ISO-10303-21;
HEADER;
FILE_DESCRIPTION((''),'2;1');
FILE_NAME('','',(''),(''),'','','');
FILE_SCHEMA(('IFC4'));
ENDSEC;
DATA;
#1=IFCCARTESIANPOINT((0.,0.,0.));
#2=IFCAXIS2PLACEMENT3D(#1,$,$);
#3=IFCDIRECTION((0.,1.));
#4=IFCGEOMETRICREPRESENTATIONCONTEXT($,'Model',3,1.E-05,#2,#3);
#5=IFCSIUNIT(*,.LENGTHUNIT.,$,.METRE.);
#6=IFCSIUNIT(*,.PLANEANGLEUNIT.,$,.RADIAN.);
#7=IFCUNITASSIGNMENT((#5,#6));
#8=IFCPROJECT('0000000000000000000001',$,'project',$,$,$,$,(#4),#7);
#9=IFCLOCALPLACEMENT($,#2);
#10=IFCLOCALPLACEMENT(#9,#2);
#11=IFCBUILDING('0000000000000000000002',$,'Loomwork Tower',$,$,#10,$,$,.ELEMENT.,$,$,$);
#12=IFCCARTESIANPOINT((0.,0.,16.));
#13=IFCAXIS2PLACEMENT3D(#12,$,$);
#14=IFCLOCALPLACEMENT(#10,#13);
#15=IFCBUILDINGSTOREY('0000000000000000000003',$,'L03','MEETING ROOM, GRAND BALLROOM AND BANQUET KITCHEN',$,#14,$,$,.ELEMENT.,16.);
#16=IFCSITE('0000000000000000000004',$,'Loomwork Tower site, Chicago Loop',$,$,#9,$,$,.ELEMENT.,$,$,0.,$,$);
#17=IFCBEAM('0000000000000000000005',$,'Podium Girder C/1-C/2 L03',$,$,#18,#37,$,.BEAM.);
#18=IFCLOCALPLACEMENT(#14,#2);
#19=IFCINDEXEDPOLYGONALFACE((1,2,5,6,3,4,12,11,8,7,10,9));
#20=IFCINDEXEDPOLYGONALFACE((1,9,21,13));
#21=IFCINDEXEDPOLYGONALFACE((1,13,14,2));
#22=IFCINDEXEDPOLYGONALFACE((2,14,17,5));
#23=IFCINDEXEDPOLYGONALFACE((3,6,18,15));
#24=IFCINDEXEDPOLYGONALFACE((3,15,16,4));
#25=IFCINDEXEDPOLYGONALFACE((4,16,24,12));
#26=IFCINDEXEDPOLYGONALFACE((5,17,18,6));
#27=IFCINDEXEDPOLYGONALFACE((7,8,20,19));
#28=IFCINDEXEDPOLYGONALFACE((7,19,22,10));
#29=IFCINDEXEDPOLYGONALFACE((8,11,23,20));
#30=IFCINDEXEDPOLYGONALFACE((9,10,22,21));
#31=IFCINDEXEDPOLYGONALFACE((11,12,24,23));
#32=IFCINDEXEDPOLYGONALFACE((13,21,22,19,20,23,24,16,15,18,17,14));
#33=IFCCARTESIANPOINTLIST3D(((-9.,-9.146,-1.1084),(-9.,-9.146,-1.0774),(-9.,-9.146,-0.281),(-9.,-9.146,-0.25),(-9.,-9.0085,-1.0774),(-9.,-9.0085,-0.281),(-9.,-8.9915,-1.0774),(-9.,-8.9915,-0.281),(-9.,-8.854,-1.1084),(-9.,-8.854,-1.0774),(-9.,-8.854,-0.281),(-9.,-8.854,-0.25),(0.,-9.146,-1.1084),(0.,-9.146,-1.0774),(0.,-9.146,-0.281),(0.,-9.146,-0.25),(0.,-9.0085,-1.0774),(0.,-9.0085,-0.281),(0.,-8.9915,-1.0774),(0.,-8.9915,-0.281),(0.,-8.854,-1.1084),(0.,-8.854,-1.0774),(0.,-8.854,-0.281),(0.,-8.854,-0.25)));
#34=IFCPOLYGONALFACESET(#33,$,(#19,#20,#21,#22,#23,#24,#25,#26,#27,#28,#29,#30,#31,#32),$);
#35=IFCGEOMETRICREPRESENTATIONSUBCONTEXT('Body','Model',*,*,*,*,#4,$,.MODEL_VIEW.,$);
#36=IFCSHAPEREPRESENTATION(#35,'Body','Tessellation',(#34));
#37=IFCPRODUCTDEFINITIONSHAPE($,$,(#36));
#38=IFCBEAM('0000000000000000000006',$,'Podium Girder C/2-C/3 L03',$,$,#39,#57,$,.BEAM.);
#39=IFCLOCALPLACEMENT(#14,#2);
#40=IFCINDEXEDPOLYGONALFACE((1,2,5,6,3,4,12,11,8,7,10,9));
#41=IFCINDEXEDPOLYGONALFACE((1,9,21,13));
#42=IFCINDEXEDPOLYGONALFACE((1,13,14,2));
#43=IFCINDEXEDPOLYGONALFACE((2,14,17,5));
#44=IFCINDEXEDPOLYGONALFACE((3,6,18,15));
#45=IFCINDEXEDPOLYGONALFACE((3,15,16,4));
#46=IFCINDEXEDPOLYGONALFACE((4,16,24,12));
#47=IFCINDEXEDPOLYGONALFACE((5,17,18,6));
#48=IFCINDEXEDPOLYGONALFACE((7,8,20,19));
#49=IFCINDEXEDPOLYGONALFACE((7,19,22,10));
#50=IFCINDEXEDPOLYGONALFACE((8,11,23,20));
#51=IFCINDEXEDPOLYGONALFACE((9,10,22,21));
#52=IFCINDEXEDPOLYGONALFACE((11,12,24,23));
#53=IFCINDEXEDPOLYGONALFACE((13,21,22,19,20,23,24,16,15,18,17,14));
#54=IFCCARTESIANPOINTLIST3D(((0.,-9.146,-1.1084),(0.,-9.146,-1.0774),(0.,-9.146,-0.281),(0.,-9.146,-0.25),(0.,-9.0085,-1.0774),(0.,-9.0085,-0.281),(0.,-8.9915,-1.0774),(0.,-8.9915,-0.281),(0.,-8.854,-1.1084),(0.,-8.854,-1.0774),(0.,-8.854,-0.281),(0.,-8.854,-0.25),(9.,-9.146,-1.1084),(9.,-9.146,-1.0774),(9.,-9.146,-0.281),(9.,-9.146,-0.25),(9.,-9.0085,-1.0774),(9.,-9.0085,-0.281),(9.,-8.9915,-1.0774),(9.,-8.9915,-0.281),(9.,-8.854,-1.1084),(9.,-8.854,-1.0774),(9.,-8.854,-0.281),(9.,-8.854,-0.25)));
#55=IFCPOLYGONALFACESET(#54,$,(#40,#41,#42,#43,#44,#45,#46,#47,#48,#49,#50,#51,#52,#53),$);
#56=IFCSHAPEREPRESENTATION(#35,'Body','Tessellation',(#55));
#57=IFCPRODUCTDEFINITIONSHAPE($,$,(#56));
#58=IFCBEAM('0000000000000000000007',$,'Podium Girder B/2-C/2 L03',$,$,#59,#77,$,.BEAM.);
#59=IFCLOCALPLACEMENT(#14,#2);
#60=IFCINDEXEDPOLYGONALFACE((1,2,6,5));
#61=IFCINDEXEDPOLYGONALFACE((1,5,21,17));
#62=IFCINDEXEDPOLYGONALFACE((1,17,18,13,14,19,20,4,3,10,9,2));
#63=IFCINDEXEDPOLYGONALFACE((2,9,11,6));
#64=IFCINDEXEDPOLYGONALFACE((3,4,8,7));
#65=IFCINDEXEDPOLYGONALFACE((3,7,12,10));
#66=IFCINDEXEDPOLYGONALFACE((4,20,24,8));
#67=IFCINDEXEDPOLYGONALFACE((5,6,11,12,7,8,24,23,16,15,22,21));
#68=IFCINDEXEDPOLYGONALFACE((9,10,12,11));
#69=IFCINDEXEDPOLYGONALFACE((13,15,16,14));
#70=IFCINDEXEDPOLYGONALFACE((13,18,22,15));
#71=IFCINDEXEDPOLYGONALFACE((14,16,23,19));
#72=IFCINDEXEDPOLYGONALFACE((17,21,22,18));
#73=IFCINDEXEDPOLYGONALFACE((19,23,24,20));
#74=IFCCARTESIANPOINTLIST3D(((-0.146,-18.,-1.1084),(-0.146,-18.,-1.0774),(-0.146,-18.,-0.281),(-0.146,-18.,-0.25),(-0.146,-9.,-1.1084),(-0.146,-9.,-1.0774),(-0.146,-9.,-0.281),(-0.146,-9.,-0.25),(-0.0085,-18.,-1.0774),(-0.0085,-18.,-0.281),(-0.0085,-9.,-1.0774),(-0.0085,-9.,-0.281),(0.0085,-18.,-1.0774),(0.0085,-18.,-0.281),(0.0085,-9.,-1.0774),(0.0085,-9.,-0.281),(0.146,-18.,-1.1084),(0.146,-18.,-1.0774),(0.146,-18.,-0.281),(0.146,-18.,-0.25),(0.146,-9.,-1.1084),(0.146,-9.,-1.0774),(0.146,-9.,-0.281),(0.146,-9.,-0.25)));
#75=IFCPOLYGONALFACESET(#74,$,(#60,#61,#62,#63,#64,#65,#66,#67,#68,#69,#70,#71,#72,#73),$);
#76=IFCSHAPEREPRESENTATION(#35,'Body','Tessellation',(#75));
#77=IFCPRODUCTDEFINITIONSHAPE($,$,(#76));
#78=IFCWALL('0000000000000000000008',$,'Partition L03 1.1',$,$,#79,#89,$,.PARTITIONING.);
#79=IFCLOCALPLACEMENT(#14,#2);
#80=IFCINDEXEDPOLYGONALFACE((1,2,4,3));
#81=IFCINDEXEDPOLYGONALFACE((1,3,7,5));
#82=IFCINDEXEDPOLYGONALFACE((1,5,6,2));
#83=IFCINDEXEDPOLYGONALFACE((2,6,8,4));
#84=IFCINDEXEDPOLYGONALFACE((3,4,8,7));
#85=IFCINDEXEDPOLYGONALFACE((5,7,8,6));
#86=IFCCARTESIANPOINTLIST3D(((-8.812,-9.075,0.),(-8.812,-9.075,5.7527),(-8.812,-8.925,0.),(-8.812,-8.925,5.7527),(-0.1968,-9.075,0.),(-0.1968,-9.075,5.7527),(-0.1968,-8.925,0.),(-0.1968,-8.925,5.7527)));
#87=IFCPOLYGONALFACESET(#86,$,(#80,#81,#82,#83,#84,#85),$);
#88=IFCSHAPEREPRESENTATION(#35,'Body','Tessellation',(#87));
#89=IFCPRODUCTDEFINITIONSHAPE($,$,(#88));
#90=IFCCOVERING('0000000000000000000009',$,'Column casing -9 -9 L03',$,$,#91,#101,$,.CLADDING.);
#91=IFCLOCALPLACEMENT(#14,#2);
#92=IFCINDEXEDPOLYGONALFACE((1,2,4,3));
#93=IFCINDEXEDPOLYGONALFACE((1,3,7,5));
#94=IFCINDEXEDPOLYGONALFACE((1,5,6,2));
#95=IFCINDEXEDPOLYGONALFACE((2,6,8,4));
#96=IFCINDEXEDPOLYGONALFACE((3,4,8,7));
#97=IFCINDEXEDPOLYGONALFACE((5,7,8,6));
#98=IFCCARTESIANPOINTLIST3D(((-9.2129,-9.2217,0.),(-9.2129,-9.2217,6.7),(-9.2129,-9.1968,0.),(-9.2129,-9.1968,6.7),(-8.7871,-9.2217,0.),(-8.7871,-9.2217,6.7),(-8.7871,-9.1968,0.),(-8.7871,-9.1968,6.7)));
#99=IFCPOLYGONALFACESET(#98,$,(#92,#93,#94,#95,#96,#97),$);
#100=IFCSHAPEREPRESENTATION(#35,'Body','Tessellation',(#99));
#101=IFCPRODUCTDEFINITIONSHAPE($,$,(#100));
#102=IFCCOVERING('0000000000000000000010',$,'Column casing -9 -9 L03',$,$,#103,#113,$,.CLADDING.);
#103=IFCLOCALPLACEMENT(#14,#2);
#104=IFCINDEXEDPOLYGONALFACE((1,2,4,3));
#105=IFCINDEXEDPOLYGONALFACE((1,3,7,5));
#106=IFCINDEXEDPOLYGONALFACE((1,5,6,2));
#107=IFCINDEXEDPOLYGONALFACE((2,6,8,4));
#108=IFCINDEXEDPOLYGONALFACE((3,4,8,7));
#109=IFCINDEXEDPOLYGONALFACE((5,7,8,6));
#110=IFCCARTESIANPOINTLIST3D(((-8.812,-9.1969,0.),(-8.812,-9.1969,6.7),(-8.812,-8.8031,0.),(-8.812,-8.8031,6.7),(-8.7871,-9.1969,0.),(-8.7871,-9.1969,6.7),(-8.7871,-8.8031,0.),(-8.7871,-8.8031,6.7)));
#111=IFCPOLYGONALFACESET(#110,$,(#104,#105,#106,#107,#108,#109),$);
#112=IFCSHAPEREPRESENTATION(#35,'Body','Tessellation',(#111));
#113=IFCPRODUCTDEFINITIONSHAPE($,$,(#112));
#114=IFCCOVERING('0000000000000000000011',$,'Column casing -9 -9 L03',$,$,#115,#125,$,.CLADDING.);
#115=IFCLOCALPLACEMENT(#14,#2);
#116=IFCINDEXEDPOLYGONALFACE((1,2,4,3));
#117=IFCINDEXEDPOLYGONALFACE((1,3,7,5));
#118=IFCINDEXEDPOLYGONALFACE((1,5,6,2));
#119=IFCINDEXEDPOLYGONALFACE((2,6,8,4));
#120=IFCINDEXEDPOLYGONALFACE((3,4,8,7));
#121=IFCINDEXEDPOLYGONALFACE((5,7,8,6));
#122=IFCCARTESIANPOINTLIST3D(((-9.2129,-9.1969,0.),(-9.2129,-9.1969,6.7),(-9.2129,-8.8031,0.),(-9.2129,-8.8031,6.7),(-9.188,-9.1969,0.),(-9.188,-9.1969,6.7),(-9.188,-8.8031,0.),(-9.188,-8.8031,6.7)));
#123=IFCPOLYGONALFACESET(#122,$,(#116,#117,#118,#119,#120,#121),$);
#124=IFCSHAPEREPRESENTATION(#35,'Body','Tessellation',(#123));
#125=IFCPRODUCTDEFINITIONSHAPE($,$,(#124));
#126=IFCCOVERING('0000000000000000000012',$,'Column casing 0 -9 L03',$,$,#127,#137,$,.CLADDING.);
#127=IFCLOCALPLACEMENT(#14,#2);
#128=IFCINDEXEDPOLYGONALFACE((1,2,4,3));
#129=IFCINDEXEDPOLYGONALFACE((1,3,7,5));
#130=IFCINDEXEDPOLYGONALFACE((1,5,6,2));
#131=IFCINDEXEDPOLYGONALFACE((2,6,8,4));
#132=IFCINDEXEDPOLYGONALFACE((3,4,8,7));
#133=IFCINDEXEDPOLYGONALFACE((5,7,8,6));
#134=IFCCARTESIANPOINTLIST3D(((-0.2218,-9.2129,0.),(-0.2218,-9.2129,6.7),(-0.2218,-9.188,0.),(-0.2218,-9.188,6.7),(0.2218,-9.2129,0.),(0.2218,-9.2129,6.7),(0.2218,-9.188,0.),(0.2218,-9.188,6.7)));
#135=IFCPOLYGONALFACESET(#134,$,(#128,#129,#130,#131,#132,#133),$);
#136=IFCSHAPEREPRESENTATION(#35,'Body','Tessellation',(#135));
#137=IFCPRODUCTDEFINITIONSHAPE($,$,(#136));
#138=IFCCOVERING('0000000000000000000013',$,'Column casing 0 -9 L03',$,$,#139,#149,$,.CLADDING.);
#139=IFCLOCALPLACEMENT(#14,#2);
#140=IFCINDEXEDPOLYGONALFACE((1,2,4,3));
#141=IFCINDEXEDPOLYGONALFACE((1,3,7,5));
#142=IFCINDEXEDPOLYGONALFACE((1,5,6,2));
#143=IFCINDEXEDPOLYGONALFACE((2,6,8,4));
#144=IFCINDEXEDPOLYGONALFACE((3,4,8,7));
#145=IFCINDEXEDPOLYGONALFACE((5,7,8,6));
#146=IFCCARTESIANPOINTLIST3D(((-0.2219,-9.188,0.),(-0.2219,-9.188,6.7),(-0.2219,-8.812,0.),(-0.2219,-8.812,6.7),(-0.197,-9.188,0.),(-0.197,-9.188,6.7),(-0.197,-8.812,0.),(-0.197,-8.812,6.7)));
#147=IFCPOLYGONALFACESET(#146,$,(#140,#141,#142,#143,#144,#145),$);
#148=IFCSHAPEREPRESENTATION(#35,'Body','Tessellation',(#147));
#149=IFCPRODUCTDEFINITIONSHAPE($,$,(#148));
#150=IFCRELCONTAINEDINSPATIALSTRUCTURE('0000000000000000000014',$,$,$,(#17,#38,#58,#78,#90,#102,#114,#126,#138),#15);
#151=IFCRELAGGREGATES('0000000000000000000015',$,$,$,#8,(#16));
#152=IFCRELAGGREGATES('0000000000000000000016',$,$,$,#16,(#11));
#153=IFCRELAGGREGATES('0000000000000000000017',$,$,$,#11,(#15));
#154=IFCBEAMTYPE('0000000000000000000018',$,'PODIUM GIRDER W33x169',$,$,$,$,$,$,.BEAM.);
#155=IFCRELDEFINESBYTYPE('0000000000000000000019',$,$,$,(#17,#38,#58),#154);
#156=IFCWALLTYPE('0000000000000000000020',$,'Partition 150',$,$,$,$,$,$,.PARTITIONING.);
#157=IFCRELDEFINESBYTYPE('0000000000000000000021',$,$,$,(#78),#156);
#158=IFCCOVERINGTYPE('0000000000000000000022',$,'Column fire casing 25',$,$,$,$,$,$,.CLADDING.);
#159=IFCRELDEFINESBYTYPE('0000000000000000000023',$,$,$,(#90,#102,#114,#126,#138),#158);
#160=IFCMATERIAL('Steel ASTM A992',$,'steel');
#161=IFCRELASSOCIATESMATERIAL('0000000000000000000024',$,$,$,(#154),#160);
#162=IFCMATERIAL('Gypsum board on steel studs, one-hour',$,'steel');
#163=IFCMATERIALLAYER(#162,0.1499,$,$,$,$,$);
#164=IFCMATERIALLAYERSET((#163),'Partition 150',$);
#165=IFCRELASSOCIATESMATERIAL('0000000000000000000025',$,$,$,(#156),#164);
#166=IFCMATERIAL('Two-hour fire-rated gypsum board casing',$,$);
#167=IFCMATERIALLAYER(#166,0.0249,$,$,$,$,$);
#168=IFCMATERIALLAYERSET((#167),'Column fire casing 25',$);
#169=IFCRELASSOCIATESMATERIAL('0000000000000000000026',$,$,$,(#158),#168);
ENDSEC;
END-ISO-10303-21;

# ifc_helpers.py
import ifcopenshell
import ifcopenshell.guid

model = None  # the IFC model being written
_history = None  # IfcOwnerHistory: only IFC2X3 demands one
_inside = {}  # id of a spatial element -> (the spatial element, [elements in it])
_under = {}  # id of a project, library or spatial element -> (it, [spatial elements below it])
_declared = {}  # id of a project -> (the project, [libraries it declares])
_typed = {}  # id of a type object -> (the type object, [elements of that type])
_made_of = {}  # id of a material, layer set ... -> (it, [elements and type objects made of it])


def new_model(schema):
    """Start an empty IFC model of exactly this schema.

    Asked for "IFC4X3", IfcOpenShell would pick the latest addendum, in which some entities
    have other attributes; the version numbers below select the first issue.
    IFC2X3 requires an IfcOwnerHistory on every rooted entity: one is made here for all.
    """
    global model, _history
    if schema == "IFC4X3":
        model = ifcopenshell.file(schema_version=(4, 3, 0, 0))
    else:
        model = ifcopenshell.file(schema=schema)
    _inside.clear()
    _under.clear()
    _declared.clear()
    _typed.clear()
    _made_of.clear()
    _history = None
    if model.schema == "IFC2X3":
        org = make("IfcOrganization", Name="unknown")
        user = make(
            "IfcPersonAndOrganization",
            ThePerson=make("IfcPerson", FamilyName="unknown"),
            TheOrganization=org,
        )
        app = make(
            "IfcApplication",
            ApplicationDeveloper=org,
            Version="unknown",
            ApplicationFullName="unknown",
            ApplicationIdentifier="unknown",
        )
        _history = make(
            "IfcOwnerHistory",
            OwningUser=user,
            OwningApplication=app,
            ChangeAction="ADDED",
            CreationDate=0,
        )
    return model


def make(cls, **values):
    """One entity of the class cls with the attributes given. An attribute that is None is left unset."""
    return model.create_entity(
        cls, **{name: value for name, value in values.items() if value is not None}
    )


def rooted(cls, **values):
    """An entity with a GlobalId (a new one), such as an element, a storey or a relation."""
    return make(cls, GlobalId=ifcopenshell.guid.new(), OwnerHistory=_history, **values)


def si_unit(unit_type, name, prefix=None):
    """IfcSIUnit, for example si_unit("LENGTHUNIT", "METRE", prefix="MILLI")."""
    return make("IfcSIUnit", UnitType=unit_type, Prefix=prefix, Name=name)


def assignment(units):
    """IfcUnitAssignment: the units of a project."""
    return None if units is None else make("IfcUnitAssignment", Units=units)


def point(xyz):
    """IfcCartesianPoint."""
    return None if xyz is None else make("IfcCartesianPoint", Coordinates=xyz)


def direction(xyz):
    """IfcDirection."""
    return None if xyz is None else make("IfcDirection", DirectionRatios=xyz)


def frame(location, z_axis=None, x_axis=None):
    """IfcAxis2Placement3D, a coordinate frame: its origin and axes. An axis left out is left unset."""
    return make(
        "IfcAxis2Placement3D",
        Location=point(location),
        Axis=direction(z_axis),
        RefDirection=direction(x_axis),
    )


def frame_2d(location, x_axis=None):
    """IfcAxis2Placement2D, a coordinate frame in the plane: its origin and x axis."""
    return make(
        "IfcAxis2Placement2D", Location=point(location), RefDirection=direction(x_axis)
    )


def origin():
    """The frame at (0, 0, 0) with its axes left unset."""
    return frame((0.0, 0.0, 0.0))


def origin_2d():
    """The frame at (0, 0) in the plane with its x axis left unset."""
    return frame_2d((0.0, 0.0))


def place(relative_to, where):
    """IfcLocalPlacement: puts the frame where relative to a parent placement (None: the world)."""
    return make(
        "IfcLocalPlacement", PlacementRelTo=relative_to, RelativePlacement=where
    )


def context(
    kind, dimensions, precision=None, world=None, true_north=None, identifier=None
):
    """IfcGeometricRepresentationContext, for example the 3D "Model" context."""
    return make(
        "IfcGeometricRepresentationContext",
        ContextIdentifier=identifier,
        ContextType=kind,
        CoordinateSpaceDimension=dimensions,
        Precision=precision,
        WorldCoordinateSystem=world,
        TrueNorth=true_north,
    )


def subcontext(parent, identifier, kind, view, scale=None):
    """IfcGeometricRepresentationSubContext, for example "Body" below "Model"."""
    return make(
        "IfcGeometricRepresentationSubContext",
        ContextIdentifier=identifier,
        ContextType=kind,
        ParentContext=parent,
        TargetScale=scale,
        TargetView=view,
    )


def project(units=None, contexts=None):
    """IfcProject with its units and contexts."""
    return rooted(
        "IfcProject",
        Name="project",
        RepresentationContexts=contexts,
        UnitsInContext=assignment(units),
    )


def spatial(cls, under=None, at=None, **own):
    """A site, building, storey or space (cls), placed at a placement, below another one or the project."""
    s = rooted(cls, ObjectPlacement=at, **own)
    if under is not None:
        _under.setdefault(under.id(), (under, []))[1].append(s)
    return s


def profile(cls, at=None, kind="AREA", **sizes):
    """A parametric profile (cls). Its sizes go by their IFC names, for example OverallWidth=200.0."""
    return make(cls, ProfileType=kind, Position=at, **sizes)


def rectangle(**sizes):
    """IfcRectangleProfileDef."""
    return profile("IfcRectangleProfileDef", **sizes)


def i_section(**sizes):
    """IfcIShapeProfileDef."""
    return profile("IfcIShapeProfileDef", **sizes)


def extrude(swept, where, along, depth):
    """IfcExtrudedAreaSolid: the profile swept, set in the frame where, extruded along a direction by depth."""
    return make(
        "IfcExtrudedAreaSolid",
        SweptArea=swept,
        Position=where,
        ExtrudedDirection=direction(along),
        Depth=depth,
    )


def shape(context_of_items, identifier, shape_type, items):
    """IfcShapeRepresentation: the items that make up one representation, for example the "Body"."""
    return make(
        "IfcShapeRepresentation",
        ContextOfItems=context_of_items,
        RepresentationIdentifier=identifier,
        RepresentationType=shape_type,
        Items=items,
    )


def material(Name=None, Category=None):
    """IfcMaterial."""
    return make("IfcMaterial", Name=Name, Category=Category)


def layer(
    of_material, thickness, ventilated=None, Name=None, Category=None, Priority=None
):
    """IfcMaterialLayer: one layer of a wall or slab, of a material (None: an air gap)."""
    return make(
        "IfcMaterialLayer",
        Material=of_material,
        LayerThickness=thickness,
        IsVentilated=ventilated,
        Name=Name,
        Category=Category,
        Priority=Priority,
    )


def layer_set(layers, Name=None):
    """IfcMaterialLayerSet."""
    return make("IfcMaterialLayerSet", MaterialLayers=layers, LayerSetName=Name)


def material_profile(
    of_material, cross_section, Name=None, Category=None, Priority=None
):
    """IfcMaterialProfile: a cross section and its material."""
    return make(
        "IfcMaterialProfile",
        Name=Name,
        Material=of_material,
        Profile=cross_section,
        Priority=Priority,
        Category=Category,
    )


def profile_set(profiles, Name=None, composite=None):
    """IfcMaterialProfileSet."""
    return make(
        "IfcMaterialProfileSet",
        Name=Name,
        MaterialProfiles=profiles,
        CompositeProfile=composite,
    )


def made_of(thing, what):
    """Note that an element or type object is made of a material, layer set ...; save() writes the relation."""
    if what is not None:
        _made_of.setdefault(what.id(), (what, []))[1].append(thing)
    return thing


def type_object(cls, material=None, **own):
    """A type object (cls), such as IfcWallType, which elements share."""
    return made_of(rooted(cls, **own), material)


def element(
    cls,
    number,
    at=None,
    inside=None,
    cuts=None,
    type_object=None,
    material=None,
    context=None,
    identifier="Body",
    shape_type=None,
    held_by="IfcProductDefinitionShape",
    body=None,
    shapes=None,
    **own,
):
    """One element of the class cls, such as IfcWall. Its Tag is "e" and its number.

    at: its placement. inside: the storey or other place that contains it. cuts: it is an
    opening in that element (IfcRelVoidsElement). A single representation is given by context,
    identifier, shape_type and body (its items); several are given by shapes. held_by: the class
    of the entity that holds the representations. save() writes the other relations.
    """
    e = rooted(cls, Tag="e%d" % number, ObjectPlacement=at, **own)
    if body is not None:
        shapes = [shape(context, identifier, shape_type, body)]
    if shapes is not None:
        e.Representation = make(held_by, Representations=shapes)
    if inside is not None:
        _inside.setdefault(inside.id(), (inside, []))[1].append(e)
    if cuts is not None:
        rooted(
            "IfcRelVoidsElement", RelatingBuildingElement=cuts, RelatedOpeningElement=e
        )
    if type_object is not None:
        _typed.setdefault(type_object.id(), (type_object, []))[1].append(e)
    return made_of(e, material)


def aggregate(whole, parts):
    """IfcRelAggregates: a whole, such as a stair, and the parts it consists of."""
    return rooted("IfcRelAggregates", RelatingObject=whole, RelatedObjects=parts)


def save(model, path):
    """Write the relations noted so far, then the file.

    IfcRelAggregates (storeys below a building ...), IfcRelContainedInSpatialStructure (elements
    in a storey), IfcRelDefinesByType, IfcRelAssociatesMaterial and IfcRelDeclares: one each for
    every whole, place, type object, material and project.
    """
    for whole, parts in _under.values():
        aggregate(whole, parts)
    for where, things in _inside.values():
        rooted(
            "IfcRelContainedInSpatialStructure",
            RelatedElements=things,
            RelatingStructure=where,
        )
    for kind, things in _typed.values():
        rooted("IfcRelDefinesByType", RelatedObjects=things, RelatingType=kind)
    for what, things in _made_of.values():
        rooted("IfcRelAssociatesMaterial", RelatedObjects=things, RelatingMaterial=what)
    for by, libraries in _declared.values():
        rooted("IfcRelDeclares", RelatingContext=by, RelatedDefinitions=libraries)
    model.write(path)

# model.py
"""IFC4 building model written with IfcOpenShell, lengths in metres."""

from ifc_helpers import new_model, si_unit, direction, frame, frame_2d, origin, origin_2d, place, context, subcontext, project, spatial, rectangle, i_section, extrude, material, layer, layer_set, material_profile, profile_set, type_object, element, save


model = new_model("IFC4")

# Units and contexts
model_context = context("Model", 3, precision=1e-05, world=origin(), true_north=direction((0.0, 1.0)))
body_context = subcontext(model_context, "Body", "Model", "MODEL_VIEW")
ifc_project = project(units=[si_unit("LENGTHUNIT", "METRE"), si_unit("PLANEANGLEUNIT", "RADIAN")], contexts=[model_context])

# Site, building, storey
site_placement = place(None, origin())
site = spatial("IfcSite", under=ifc_project, at=site_placement, Name="Loomwork Tower site, Chicago Loop", CompositionType="ELEMENT", RefElevation=0.0)
building_placement = place(site_placement, origin())
building = spatial("IfcBuilding", under=site, at=building_placement, Name="Loomwork Tower", CompositionType="ELEMENT")
storey_placement = place(building_placement, frame((0.0, 0.0, 16.0)))
storey = spatial("IfcBuildingStorey", under=building, at=storey_placement, Name="L03", Description="MEETING ROOM, GRAND BALLROOM AND BANQUET KITCHEN", CompositionType="ELEMENT", Elevation=16.0)

# Beams
ifc_material_1 = material(Name="Steel ASTM A992", Category="steel")
ifc_material_profile_1 = material_profile(ifc_material_1, i_section(OverallWidth=0.292, OverallDepth=0.8584, WebThickness=0.0171, FlangeThickness=0.031, at=origin_2d()), Name="W33x169")
ifc_profile_set_1 = profile_set([ifc_material_profile_1], Name="Steel ASTM A992")
beam_type_1 = type_object("IfcBeamType", Name="PODIUM GIRDER W33x169", PredefinedType="BEAM", material=ifc_profile_set_1)
for number, where, z_axis, x_axis, name in (
    (1, (-9.0, -9.0, -0.6792), (1.0, 0.0, 0.0), (0.0, 1.0, 0.0), "Podium Girder C/1-C/2 L03"),
    (2, (0.0, -9.0, -0.6792), (1.0, 0.0, 0.0), (0.0, 1.0, 0.0), "Podium Girder C/2-C/3 L03"),
    (3, (0.0, -18.0, -0.6792), (0.0, 1.0, 0.0), (-1.0, 0.0, 0.0), "Podium Girder B/2-C/2 L03"),
):
    element("IfcBeam", number, at=place(storey_placement, frame(where, z_axis=z_axis, x_axis=x_axis)), inside=storey, type_object=beam_type_1, Name=name, PredefinedType="BEAM", context=body_context, shape_type="SweptSolid", body=[
        extrude(i_section(OverallWidth=0.292, OverallDepth=0.8584, WebThickness=0.0171, FlangeThickness=0.031, at=origin_2d()), origin(), (0.0, 0.0, 1.0), 9.0),
    ])

# Wall
ifc_material_2 = material(Name="Gypsum board on steel studs, one-hour", Category="steel")
ifc_layer_1 = layer(ifc_material_2, 0.1499)
ifc_layer_set_1 = layer_set([ifc_layer_1], Name="Partition 150")
wall_type = type_object("IfcWallType", Name="Partition 150", PredefinedType="PARTITIONING", material=ifc_layer_set_1)
wall_placement = place(storey_placement, frame((-8.812, -9.0, 0.0), z_axis=(0.0, 0.0, 1.0), x_axis=(1.0, 0.0, 0.0)))
element("IfcWall", 4, at=wall_placement, inside=storey, type_object=wall_type, Name="Partition L03 1.1", PredefinedType="PARTITIONING", context=body_context, shape_type="SweptSolid", body=[
    extrude(rectangle(XDim=8.6152, YDim=0.1499, at=frame_2d((4.3076, 0.0))), origin(), (0.0, 0.0, 1.0), 5.7527),
])

# Coverings
ifc_material_3 = material(Name="Two-hour fire-rated gypsum board casing")
ifc_layer_2 = layer(ifc_material_3, 0.0249)
ifc_layer_set_2 = layer_set([ifc_layer_2], Name="Column fire casing 25")
covering_type = type_object("IfcCoveringType", Name="Column fire casing 25", PredefinedType="CLADDING", material=ifc_layer_set_2)
covering_1_placement = place(storey_placement, frame((-9.0, -9.2092, 0.0), z_axis=(0.0, 0.0, 1.0), x_axis=(1.0, 0.0, 0.0)))
element("IfcCovering", 5, at=covering_1_placement, inside=storey, type_object=covering_type, Name="Column casing -9 -9 L03", PredefinedType="CLADDING", context=body_context, shape_type="SweptSolid", body=[
    extrude(rectangle(XDim=0.4258, YDim=0.0249, at=origin_2d()), origin(), (0.0, 0.0, 1.0), 6.7),
])
for number, where, z_axis, x_axis, name in (
    (6, (-8.7996, -9.0, 0.0), (0.0, 0.0, 1.0), (1.0, 0.0, 0.0), "Column casing -9 -9 L03"),
    (7, (-9.2004, -9.0, 0.0), (0.0, 0.0, 1.0), (1.0, 0.0, 0.0), "Column casing -9 -9 L03"),
):
    element("IfcCovering", number, at=place(storey_placement, frame(where, z_axis=z_axis, x_axis=x_axis)), inside=storey, type_object=covering_type, Name=name, PredefinedType="CLADDING", context=body_context, shape_type="SweptSolid", body=[
        extrude(rectangle(XDim=0.0249, YDim=0.3938, at=origin_2d()), origin(), (0.0, 0.0, 1.0), 6.7),
    ])
covering_2_placement = place(storey_placement, frame((0.0, -9.2004, 0.0), z_axis=(0.0, 0.0, 1.0), x_axis=(1.0, 0.0, 0.0)))
element("IfcCovering", 8, at=covering_2_placement, inside=storey, type_object=covering_type, Name="Column casing 0 -9 L03", PredefinedType="CLADDING", context=body_context, shape_type="SweptSolid", body=[
    extrude(rectangle(XDim=0.4436, YDim=0.0249, at=origin_2d()), origin(), (0.0, 0.0, 1.0), 6.7),
])
covering_3_placement = place(storey_placement, frame((-0.2095, -9.0, 0.0), z_axis=(0.0, 0.0, 1.0), x_axis=(1.0, 0.0, 0.0)))
element("IfcCovering", 9, at=covering_3_placement, inside=storey, type_object=covering_type, Name="Column casing 0 -9 L03", PredefinedType="CLADDING", context=body_context, shape_type="SweptSolid", body=[
    extrude(rectangle(XDim=0.0249, YDim=0.376, at=origin_2d()), origin(), (0.0, 0.0, 1.0), 6.7),
])

save(model, "model.ifc")
